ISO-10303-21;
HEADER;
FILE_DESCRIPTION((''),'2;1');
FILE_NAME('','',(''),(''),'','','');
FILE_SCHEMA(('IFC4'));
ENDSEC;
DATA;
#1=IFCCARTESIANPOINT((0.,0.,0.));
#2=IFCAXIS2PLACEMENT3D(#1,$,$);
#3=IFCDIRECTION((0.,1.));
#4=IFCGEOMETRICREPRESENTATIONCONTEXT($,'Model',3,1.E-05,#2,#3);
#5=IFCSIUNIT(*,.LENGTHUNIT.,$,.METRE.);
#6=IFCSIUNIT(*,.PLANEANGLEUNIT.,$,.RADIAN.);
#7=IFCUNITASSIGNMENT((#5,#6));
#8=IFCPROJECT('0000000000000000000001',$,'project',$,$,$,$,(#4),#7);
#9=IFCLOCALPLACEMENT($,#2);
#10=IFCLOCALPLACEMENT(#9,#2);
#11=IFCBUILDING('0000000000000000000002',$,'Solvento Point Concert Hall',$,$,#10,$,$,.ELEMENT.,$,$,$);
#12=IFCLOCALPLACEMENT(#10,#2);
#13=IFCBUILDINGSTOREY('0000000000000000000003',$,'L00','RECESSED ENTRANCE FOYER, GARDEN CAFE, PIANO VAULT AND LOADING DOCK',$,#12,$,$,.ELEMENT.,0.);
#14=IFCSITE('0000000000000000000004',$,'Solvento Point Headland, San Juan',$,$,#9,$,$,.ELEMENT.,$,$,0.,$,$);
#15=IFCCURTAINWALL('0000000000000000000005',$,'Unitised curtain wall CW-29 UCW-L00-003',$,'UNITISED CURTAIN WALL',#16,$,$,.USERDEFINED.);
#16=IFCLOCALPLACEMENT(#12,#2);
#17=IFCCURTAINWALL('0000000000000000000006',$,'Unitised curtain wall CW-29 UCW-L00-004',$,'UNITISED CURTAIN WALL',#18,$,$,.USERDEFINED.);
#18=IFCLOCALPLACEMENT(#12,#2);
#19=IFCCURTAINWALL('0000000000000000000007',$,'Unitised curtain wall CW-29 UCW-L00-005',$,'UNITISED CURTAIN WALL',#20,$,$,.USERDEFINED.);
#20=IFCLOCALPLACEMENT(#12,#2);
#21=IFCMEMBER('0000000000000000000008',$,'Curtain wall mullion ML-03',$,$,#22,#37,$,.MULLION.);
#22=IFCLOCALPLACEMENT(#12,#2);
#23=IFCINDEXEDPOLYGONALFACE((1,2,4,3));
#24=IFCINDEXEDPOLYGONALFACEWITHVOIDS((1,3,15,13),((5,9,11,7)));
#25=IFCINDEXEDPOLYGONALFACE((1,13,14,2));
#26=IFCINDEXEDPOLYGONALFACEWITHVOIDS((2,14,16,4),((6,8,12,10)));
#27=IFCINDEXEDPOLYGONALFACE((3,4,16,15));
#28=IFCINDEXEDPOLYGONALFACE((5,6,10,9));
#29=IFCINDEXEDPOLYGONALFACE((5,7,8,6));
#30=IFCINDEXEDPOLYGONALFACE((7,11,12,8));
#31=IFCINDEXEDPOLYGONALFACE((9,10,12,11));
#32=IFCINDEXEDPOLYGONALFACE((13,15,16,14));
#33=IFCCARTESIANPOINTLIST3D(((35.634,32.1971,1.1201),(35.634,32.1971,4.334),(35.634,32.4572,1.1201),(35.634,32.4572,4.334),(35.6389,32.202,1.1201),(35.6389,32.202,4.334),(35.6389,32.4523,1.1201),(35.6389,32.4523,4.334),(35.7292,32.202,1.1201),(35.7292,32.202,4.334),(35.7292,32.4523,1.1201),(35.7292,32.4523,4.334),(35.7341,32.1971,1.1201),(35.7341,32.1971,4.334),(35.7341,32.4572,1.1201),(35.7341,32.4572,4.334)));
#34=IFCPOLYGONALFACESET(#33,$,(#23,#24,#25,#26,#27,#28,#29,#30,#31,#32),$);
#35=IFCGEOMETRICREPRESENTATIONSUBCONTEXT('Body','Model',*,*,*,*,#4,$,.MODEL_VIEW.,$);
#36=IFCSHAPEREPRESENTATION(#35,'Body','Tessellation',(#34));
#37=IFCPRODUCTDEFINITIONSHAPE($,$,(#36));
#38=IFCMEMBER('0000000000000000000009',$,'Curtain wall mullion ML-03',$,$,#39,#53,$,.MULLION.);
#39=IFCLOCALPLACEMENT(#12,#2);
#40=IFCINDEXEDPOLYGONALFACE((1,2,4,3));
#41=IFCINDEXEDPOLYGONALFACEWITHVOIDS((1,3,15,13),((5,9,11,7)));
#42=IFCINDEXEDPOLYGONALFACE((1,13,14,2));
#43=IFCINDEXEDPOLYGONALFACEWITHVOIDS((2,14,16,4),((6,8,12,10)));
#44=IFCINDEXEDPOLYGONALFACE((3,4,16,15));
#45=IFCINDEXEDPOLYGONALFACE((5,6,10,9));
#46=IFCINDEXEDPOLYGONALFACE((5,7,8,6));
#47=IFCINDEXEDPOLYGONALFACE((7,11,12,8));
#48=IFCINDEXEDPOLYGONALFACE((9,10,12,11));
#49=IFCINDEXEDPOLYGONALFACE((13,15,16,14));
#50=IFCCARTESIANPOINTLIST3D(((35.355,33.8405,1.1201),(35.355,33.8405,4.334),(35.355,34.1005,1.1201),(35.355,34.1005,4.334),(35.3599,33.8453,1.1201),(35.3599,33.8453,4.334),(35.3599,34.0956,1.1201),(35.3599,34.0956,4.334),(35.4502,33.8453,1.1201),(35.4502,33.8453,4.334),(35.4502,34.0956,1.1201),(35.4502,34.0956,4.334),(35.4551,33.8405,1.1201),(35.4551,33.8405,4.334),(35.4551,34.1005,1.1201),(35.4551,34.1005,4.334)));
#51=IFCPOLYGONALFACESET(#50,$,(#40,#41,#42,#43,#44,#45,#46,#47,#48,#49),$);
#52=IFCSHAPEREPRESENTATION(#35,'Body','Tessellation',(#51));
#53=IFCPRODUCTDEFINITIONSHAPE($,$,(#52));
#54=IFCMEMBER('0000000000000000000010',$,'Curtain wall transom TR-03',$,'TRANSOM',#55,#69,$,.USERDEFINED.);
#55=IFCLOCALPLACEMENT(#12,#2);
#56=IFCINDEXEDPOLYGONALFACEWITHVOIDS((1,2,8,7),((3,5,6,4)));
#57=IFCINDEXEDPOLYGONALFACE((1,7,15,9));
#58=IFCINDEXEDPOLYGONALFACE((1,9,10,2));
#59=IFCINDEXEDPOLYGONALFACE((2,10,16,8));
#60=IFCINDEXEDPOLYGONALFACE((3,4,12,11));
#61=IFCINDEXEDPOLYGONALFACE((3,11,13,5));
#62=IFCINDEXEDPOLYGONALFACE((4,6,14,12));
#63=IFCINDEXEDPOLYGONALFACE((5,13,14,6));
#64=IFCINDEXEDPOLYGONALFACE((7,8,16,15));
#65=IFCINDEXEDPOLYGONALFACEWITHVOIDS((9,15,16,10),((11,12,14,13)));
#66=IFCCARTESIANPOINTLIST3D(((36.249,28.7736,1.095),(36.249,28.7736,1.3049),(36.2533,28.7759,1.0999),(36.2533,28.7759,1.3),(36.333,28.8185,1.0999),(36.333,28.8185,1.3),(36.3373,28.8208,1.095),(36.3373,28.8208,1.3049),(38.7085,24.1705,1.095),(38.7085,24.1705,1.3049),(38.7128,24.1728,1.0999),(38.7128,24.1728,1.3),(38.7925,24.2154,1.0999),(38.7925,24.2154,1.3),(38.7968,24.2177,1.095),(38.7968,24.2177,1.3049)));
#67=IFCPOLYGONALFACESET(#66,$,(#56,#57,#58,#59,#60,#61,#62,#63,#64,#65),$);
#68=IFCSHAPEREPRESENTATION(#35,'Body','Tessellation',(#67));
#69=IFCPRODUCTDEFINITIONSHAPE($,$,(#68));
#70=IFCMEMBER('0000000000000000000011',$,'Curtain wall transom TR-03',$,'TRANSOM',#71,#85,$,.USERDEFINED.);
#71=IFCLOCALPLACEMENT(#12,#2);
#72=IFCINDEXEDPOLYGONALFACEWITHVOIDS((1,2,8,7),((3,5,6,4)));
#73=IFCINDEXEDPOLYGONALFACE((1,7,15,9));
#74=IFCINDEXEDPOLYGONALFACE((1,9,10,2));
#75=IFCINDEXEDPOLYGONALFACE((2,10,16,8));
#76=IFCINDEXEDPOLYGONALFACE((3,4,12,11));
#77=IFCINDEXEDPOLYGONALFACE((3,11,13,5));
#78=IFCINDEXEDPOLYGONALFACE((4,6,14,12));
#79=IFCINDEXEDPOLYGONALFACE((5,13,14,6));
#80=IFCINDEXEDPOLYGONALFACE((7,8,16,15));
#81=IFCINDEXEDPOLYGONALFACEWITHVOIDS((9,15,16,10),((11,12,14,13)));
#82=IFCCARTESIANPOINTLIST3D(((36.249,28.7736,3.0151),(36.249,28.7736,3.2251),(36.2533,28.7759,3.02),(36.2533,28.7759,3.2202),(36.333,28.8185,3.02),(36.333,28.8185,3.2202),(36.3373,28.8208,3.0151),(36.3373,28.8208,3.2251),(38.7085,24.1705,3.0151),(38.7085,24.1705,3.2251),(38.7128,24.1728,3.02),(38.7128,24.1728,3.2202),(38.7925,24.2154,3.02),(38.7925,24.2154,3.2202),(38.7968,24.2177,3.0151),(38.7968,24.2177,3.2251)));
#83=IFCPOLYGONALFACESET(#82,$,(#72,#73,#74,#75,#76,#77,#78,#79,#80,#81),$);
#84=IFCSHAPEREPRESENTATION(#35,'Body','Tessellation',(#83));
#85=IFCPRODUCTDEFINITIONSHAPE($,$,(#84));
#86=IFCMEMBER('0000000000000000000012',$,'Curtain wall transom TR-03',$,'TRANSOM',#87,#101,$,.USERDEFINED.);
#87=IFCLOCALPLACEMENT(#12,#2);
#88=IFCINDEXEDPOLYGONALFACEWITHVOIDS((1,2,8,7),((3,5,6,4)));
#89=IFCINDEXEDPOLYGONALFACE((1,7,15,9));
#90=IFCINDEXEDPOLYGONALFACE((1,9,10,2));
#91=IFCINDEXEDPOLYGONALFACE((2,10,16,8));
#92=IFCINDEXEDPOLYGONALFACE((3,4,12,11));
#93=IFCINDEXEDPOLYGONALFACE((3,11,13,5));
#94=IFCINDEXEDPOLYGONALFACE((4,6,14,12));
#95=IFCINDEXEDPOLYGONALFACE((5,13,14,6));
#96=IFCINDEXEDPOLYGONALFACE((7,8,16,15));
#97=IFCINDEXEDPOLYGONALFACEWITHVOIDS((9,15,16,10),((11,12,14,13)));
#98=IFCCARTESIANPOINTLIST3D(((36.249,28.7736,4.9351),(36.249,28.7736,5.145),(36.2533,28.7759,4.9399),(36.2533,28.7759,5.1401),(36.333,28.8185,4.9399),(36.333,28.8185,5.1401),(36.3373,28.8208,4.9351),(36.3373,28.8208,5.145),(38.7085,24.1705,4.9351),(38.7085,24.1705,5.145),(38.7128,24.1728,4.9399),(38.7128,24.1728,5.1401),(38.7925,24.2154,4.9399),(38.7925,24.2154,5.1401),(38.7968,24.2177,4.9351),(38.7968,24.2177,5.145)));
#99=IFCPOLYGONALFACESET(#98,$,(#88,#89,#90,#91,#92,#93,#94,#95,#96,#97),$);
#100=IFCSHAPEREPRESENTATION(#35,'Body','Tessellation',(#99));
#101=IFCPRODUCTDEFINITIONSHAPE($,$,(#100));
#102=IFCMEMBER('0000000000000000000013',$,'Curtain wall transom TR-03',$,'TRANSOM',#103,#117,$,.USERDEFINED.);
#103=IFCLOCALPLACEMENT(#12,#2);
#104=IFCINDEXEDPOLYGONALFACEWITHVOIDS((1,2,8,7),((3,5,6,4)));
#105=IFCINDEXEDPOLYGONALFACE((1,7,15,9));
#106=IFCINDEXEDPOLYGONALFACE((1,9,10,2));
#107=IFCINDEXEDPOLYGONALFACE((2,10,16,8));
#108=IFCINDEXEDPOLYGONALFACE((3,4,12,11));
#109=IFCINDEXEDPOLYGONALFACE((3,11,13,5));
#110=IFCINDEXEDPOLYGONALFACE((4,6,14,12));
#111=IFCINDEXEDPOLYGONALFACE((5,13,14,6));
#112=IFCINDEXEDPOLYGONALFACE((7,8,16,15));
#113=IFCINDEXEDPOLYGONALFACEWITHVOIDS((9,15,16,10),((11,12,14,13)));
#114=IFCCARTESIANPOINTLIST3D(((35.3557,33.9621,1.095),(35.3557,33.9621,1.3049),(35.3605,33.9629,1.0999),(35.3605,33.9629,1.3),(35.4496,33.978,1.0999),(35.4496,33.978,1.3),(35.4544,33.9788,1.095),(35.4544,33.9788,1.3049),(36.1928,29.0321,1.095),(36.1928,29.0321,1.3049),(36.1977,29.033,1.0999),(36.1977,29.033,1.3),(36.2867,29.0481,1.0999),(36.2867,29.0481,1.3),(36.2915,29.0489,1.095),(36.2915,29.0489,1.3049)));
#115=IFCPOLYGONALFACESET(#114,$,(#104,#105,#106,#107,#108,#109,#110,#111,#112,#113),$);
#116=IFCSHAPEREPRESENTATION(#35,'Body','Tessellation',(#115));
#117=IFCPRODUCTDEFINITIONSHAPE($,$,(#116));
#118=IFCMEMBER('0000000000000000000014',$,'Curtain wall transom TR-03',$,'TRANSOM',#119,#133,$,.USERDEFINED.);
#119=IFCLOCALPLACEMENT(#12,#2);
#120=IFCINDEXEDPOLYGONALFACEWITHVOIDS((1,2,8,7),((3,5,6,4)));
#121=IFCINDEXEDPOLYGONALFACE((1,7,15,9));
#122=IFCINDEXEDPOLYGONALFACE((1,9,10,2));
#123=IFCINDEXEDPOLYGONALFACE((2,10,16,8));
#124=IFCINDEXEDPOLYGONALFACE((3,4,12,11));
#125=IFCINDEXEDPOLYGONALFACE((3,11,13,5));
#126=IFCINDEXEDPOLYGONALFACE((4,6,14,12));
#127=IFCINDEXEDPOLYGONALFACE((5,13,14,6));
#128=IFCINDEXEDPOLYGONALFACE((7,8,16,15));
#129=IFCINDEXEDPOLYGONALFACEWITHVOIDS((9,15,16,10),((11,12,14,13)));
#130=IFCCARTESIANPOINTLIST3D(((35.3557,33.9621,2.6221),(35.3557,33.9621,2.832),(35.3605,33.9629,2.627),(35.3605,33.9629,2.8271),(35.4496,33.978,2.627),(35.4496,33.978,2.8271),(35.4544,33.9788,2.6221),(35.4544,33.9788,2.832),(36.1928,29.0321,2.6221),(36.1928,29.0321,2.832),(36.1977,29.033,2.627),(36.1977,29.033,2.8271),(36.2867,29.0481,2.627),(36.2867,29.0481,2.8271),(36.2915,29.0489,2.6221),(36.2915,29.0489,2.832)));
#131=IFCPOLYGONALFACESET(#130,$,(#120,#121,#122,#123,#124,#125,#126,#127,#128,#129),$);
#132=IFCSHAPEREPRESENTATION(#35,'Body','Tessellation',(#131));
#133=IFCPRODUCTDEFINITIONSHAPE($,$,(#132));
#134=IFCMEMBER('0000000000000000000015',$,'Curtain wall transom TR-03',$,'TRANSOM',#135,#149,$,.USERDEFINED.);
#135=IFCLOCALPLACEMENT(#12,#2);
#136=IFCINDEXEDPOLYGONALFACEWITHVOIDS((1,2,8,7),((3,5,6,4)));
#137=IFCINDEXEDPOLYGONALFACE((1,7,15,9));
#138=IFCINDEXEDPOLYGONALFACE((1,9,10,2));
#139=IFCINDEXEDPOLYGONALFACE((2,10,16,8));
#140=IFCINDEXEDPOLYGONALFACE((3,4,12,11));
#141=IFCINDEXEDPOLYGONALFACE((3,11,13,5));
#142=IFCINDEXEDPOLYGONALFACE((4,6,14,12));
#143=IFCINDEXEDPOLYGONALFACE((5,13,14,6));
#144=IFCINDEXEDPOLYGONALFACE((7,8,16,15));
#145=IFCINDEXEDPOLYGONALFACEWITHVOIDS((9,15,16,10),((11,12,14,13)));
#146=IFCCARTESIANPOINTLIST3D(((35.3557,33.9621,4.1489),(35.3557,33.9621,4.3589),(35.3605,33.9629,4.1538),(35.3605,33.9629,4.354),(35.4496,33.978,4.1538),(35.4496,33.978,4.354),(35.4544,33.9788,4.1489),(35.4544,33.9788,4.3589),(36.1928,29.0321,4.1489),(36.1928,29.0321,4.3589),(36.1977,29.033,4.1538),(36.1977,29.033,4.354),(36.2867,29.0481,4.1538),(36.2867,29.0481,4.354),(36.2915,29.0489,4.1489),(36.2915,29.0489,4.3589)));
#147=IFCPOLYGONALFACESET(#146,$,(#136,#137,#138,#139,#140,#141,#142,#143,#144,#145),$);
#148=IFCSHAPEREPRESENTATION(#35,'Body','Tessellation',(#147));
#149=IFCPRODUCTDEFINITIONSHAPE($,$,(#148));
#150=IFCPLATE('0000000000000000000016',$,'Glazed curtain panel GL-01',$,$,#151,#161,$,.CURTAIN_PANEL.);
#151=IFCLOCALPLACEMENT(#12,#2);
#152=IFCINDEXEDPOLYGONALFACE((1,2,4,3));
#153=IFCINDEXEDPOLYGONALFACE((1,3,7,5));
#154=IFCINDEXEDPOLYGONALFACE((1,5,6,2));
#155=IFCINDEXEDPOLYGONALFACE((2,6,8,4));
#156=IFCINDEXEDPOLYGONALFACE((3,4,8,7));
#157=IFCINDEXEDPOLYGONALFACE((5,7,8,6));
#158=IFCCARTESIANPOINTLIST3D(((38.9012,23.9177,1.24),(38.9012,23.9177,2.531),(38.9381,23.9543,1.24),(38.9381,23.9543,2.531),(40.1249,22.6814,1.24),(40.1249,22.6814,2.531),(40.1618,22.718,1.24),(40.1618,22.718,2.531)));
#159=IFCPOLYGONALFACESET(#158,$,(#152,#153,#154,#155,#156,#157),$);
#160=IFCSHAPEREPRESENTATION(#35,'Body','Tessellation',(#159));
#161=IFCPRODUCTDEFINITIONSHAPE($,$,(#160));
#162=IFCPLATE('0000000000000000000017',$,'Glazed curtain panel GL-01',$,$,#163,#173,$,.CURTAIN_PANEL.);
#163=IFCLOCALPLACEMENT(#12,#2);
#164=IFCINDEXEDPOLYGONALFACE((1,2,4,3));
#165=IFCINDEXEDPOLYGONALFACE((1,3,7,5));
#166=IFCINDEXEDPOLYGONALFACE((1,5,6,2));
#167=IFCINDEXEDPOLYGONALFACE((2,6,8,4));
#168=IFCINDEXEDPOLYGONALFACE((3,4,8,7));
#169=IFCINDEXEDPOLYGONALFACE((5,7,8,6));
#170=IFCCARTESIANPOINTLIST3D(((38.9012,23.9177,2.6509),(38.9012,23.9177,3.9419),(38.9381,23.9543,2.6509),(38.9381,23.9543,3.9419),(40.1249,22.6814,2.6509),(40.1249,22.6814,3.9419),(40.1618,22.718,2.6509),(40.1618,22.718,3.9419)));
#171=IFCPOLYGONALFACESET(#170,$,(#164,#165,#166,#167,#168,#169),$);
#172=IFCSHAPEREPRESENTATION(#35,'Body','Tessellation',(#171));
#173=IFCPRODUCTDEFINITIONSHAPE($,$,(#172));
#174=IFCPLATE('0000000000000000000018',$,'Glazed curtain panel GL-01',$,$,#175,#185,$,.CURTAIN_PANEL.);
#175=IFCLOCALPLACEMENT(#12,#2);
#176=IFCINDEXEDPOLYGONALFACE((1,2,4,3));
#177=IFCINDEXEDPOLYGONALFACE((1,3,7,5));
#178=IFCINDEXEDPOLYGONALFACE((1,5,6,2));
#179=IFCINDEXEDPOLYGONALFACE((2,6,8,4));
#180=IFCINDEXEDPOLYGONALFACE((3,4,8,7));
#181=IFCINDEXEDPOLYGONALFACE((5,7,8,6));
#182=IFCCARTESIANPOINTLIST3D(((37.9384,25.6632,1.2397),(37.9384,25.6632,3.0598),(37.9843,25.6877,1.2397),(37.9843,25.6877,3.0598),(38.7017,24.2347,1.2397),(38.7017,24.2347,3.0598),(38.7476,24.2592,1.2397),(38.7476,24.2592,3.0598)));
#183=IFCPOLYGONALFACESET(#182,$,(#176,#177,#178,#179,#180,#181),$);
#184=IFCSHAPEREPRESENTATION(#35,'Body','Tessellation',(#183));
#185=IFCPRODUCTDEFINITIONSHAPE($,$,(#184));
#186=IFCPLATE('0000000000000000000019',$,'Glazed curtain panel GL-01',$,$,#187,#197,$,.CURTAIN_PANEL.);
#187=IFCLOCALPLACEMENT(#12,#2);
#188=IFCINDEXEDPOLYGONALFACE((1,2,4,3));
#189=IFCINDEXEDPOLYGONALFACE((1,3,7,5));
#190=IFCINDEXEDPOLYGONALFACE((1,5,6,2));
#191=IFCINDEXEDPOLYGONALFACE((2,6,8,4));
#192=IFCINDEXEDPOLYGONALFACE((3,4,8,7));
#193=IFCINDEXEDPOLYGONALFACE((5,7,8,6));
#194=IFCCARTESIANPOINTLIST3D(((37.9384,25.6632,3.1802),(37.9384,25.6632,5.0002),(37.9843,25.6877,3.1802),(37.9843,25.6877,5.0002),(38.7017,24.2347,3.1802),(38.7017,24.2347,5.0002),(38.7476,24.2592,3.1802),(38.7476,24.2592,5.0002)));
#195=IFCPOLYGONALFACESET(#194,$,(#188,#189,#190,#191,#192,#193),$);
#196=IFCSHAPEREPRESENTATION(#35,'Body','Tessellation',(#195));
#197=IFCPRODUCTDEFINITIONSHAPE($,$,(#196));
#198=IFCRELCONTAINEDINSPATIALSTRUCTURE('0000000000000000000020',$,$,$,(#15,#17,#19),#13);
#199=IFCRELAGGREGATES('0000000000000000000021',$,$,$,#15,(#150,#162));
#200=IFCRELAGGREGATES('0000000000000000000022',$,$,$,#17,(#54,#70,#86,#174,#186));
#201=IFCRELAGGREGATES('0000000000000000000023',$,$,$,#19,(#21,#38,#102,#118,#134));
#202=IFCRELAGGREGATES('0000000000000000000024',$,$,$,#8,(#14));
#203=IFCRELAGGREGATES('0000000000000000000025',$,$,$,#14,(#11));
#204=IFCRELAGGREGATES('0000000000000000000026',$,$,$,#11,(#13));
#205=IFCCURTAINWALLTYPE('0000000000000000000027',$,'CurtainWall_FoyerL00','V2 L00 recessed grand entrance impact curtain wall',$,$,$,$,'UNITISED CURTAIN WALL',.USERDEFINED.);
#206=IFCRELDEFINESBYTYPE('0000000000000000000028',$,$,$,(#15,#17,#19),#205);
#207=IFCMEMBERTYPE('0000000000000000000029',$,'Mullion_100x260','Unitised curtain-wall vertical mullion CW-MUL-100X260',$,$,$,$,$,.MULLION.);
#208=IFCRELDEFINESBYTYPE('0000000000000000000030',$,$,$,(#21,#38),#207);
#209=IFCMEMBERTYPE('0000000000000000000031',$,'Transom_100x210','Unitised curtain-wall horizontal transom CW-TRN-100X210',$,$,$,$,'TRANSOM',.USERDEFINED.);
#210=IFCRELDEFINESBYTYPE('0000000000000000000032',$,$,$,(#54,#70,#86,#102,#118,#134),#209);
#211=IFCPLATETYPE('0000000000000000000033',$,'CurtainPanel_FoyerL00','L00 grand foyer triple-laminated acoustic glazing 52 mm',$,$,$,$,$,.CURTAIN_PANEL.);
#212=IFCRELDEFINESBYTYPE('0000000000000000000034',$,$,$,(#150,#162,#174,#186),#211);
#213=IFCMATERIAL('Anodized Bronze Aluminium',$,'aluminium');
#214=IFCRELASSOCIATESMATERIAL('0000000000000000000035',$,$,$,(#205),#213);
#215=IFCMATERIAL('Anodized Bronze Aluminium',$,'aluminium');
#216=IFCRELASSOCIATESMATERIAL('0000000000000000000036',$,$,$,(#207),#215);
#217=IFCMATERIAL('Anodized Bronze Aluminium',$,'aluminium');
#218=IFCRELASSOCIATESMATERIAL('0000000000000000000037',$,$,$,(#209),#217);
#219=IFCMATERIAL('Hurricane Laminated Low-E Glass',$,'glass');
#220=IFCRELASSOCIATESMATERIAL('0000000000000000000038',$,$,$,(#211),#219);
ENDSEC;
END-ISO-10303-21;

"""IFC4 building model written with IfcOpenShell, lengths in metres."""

from ifc_helpers import new_model, si_unit, direction, frame, origin, origin_2d, place, context, subcontext, project, spatial, rectangle, hollow_rectangle, extrude, material, material_profile, profile_set, type_object, element, aggregate, save


model = new_model("IFC4")

# Units and contexts
model_context = context("Model", 3, precision=1e-05, world=origin(), true_north=direction((0.0, 1.0)))
body_context = subcontext(model_context, "Body", "Model", "MODEL_VIEW")
ifc_project = project(units=[si_unit("LENGTHUNIT", "METRE"), si_unit("PLANEANGLEUNIT", "RADIAN")], contexts=[model_context])

# Site, building, storey
site_placement = place(None, origin())
site = spatial("IfcSite", under=ifc_project, at=site_placement, Name="Solvento Point Headland, San Juan", CompositionType="ELEMENT", RefElevation=0.0)
building_placement = place(site_placement, origin())
building = spatial("IfcBuilding", under=site, at=building_placement, Name="Solvento Point Concert Hall", CompositionType="ELEMENT")
storey_placement = place(building_placement, origin())
storey = spatial("IfcBuildingStorey", under=building, at=storey_placement, Name="L00", Description="RECESSED ENTRANCE FOYER, GARDEN CAFE, PIANO VAULT AND LOADING DOCK", CompositionType="ELEMENT", Elevation=0.0)

# Curtain wall
ifc_material_1 = material(Name="Anodized Bronze Aluminium", Category="aluminium")
curtain_wall_type = type_object("IfcCurtainWallType", Name="CurtainWall_FoyerL00", Description="V2 L00 recessed grand entrance impact curtain wall", ElementType="UNITISED CURTAIN WALL", PredefinedType="USERDEFINED", material=ifc_material_1)
curtain_wall_1_placement = place(storey_placement, origin())
curtain_wall_1 = element("IfcCurtainWall", 1, at=curtain_wall_1_placement, inside=storey, type_object=curtain_wall_type, Name="Unitised curtain wall CW-29 UCW-L00-003", ObjectType="UNITISED CURTAIN WALL", PredefinedType="USERDEFINED")
ifc_material_2 = material(Name="Anodized Bronze Aluminium", Category="aluminium")
ifc_material_profile_1 = material_profile(ifc_material_2, hollow_rectangle(XDim=0.1001, YDim=0.26, WallThickness=0.0049, at=origin_2d()), Name="CW-MUL-100X260")
ifc_profile_set_1 = profile_set([ifc_material_profile_1], Name="Anodized Bronze Aluminium")
member_type_1 = type_object("IfcMemberType", Name="Mullion_100x260", Description="Unitised curtain-wall vertical mullion CW-MUL-100X260", PredefinedType="MULLION", material=ifc_profile_set_1)

# Curtain walls, members
curtain_wall_2_placement = place(storey_placement, origin())
curtain_wall_2 = element("IfcCurtainWall", 2, at=curtain_wall_2_placement, inside=storey, type_object=curtain_wall_type, Name="Unitised curtain wall CW-29 UCW-L00-004", ObjectType="UNITISED CURTAIN WALL", PredefinedType="USERDEFINED")
curtain_wall_3_placement = place(storey_placement, origin())
curtain_wall_3 = element("IfcCurtainWall", 3, at=curtain_wall_3_placement, inside=storey, type_object=curtain_wall_type, Name="Unitised curtain wall CW-29 UCW-L00-005", ObjectType="UNITISED CURTAIN WALL", PredefinedType="USERDEFINED")
member_1_placement = place(storey_placement, frame((35.6841, 32.3271, 1.1201), z_axis=(0.0, 0.0, 1.0), x_axis=(1.0, 0.0, 0.0)))
member_1 = element("IfcMember", 4, at=member_1_placement, type_object=member_type_1, Name="Curtain wall mullion ML-03", PredefinedType="MULLION", context=body_context, shape_type="SweptSolid", body=[
    extrude(hollow_rectangle(XDim=0.1001, YDim=0.26, WallThickness=0.0049, at=origin_2d()), origin(), (0.0, 0.0, 1.0), 3.2139),
])
member_2_placement = place(storey_placement, frame((35.405, 33.9705, 1.1201), z_axis=(0.0, 0.0, 1.0), x_axis=(1.0, 0.0, 0.0)))
member_2 = element("IfcMember", 5, at=member_2_placement, type_object=member_type_1, Name="Curtain wall mullion ML-03", PredefinedType="MULLION", context=body_context, shape_type="SweptSolid", body=[
    extrude(hollow_rectangle(XDim=0.1001, YDim=0.26, WallThickness=0.0049, at=origin_2d()), origin(), (0.0, 0.0, 1.0), 3.2139),
])

# Members
ifc_material_3 = material(Name="Anodized Bronze Aluminium", Category="aluminium")
ifc_material_profile_2 = material_profile(ifc_material_3, hollow_rectangle(XDim=0.1001, YDim=0.21, WallThickness=0.0049, at=origin_2d()), Name="CW-TRN-100X210")
ifc_profile_set_2 = profile_set([ifc_material_profile_2], Name="Anodized Bronze Aluminium")
member_type_2 = type_object("IfcMemberType", Name="Transom_100x210", Description="Unitised curtain-wall horizontal transom CW-TRN-100X210", ElementType="TRANSOM", PredefinedType="USERDEFINED", material=ifc_profile_set_2)
member_3_placement = place(storey_placement, frame((38.7527, 24.1941, 1.2), z_axis=(-0.471263, 0.881993, 0.0), x_axis=(-0.881993, -0.471263, 0.0)))
member_3 = element("IfcMember", 6, at=member_3_placement, type_object=member_type_2, Name="Curtain wall transom TR-03", ObjectType="TRANSOM", PredefinedType="USERDEFINED", context=body_context, shape_type="SweptSolid", body=[
    extrude(hollow_rectangle(XDim=0.1001, YDim=0.21, WallThickness=0.0049, at=origin_2d()), origin(), (0.0, 0.0, 1.0), 5.219),
])
member_4_placement = place(storey_placement, frame((38.7527, 24.1941, 3.1201), z_axis=(-0.471263, 0.881993, 0.0), x_axis=(-0.881993, -0.471263, 0.0)))
member_4 = element("IfcMember", 7, at=member_4_placement, type_object=member_type_2, Name="Curtain wall transom TR-03", ObjectType="TRANSOM", PredefinedType="USERDEFINED", context=body_context, shape_type="SweptSolid", body=[
    extrude(hollow_rectangle(XDim=0.1001, YDim=0.21, WallThickness=0.0049, at=origin_2d()), origin(), (0.0, 0.0, 1.0), 5.219),
])
member_5_placement = place(storey_placement, frame((38.7527, 24.1941, 5.04), z_axis=(-0.471263, 0.881993, 0.0), x_axis=(-0.881993, -0.471263, 0.0)))
member_5 = element("IfcMember", 8, at=member_5_placement, type_object=member_type_2, Name="Curtain wall transom TR-03", ObjectType="TRANSOM", PredefinedType="USERDEFINED", context=body_context, shape_type="SweptSolid", body=[
    extrude(hollow_rectangle(XDim=0.1001, YDim=0.21, WallThickness=0.0049, at=origin_2d()), origin(), (0.0, 0.0, 1.0), 5.219),
])
member_6_placement = place(storey_placement, frame((36.2422, 29.0405, 1.2), z_axis=(-0.167415, 0.985887, 0.0), x_axis=(-0.985887, -0.167415, 0.0)))
member_6 = element("IfcMember", 9, at=member_6_placement, type_object=member_type_2, Name="Curtain wall transom TR-03", ObjectType="TRANSOM", PredefinedType="USERDEFINED", context=body_context, shape_type="SweptSolid", body=[
    extrude(hollow_rectangle(XDim=0.1001, YDim=0.21, WallThickness=0.0049, at=origin_2d()), origin(), (0.0, 0.0, 1.0), 5.0005),
])
member_7_placement = place(storey_placement, frame((36.2422, 29.0405, 2.7271), z_axis=(-0.167415, 0.985887, 0.0), x_axis=(-0.985887, -0.167415, 0.0)))
member_7 = element("IfcMember", 10, at=member_7_placement, type_object=member_type_2, Name="Curtain wall transom TR-03", ObjectType="TRANSOM", PredefinedType="USERDEFINED", context=body_context, shape_type="SweptSolid", body=[
    extrude(hollow_rectangle(XDim=0.1001, YDim=0.21, WallThickness=0.0049, at=origin_2d()), origin(), (0.0, 0.0, 1.0), 5.0005),
])
member_8_placement = place(storey_placement, frame((36.2422, 29.0405, 4.2539), z_axis=(-0.167415, 0.985887, 0.0), x_axis=(-0.985887, -0.167415, 0.0)))
member_8 = element("IfcMember", 11, at=member_8_placement, type_object=member_type_2, Name="Curtain wall transom TR-03", ObjectType="TRANSOM", PredefinedType="USERDEFINED", context=body_context, shape_type="SweptSolid", body=[
    extrude(hollow_rectangle(XDim=0.1001, YDim=0.21, WallThickness=0.0049, at=origin_2d()), origin(), (0.0, 0.0, 1.0), 5.0005),
])

# Plates
ifc_material_4 = material(Name="Hurricane Laminated Low-E Glass", Category="glass")
plate_type = type_object("IfcPlateType", Name="CurtainPanel_FoyerL00", Description="L00 grand foyer triple-laminated acoustic glazing 52 mm", PredefinedType="CURTAIN_PANEL", material=ifc_material_4)
plate_1_placement = place(storey_placement, frame((39.5315, 23.3179, 1.24), z_axis=(0.0, 0.0, 1.0), x_axis=(-0.703494, 0.710701, 0.0)))
plate_1 = element("IfcPlate", 12, at=plate_1_placement, type_object=plate_type, Name="Glazed curtain panel GL-01", PredefinedType="CURTAIN_PANEL", context=body_context, shape_type="SweptSolid", body=[
    extrude(rectangle(XDim=1.7395, YDim=0.052, at=origin_2d()), origin(), (0.0, 0.0, 1.0), 1.291),
])
plate_2_placement = place(storey_placement, frame((39.5315, 23.3179, 2.6509), z_axis=(0.0, 0.0, 1.0), x_axis=(-0.703494, 0.710701, 0.0)))
plate_2 = element("IfcPlate", 13, at=plate_2_placement, type_object=plate_type, Name="Glazed curtain panel GL-01", PredefinedType="CURTAIN_PANEL", context=body_context, shape_type="SweptSolid", body=[
    extrude(rectangle(XDim=1.7395, YDim=0.052, at=origin_2d()), origin(), (0.0, 0.0, 1.0), 1.291),
])
aggregate(curtain_wall_1, [plate_1, plate_2])
plate_3_placement = place(storey_placement, frame((38.343, 24.9612, 1.2397), z_axis=(0.0, 0.0, 1.0), x_axis=(-0.471274, 0.881987, 0.0)))
plate_3 = element("IfcPlate", 14, at=plate_3_placement, type_object=plate_type, Name="Glazed curtain panel GL-01", PredefinedType="CURTAIN_PANEL", context=body_context, shape_type="SweptSolid", body=[
    extrude(rectangle(XDim=1.6196, YDim=0.052, at=origin_2d()), origin(), (0.0, 0.0, 1.0), 1.8201),
])
plate_4_placement = place(storey_placement, frame((38.343, 24.9612, 3.1802), z_axis=(0.0, 0.0, 1.0), x_axis=(-0.471274, 0.881987, 0.0)))
plate_4 = element("IfcPlate", 15, at=plate_4_placement, type_object=plate_type, Name="Glazed curtain panel GL-01", PredefinedType="CURTAIN_PANEL", context=body_context, shape_type="SweptSolid", body=[
    extrude(rectangle(XDim=1.6196, YDim=0.052, at=origin_2d()), origin(), (0.0, 0.0, 1.0), 1.8201),
])
aggregate(curtain_wall_2, [member_3, member_4, member_5, plate_3, plate_4])
aggregate(curtain_wall_3, [member_1, member_2, member_6, member_7, member_8])

save(model, "model.ifc")
